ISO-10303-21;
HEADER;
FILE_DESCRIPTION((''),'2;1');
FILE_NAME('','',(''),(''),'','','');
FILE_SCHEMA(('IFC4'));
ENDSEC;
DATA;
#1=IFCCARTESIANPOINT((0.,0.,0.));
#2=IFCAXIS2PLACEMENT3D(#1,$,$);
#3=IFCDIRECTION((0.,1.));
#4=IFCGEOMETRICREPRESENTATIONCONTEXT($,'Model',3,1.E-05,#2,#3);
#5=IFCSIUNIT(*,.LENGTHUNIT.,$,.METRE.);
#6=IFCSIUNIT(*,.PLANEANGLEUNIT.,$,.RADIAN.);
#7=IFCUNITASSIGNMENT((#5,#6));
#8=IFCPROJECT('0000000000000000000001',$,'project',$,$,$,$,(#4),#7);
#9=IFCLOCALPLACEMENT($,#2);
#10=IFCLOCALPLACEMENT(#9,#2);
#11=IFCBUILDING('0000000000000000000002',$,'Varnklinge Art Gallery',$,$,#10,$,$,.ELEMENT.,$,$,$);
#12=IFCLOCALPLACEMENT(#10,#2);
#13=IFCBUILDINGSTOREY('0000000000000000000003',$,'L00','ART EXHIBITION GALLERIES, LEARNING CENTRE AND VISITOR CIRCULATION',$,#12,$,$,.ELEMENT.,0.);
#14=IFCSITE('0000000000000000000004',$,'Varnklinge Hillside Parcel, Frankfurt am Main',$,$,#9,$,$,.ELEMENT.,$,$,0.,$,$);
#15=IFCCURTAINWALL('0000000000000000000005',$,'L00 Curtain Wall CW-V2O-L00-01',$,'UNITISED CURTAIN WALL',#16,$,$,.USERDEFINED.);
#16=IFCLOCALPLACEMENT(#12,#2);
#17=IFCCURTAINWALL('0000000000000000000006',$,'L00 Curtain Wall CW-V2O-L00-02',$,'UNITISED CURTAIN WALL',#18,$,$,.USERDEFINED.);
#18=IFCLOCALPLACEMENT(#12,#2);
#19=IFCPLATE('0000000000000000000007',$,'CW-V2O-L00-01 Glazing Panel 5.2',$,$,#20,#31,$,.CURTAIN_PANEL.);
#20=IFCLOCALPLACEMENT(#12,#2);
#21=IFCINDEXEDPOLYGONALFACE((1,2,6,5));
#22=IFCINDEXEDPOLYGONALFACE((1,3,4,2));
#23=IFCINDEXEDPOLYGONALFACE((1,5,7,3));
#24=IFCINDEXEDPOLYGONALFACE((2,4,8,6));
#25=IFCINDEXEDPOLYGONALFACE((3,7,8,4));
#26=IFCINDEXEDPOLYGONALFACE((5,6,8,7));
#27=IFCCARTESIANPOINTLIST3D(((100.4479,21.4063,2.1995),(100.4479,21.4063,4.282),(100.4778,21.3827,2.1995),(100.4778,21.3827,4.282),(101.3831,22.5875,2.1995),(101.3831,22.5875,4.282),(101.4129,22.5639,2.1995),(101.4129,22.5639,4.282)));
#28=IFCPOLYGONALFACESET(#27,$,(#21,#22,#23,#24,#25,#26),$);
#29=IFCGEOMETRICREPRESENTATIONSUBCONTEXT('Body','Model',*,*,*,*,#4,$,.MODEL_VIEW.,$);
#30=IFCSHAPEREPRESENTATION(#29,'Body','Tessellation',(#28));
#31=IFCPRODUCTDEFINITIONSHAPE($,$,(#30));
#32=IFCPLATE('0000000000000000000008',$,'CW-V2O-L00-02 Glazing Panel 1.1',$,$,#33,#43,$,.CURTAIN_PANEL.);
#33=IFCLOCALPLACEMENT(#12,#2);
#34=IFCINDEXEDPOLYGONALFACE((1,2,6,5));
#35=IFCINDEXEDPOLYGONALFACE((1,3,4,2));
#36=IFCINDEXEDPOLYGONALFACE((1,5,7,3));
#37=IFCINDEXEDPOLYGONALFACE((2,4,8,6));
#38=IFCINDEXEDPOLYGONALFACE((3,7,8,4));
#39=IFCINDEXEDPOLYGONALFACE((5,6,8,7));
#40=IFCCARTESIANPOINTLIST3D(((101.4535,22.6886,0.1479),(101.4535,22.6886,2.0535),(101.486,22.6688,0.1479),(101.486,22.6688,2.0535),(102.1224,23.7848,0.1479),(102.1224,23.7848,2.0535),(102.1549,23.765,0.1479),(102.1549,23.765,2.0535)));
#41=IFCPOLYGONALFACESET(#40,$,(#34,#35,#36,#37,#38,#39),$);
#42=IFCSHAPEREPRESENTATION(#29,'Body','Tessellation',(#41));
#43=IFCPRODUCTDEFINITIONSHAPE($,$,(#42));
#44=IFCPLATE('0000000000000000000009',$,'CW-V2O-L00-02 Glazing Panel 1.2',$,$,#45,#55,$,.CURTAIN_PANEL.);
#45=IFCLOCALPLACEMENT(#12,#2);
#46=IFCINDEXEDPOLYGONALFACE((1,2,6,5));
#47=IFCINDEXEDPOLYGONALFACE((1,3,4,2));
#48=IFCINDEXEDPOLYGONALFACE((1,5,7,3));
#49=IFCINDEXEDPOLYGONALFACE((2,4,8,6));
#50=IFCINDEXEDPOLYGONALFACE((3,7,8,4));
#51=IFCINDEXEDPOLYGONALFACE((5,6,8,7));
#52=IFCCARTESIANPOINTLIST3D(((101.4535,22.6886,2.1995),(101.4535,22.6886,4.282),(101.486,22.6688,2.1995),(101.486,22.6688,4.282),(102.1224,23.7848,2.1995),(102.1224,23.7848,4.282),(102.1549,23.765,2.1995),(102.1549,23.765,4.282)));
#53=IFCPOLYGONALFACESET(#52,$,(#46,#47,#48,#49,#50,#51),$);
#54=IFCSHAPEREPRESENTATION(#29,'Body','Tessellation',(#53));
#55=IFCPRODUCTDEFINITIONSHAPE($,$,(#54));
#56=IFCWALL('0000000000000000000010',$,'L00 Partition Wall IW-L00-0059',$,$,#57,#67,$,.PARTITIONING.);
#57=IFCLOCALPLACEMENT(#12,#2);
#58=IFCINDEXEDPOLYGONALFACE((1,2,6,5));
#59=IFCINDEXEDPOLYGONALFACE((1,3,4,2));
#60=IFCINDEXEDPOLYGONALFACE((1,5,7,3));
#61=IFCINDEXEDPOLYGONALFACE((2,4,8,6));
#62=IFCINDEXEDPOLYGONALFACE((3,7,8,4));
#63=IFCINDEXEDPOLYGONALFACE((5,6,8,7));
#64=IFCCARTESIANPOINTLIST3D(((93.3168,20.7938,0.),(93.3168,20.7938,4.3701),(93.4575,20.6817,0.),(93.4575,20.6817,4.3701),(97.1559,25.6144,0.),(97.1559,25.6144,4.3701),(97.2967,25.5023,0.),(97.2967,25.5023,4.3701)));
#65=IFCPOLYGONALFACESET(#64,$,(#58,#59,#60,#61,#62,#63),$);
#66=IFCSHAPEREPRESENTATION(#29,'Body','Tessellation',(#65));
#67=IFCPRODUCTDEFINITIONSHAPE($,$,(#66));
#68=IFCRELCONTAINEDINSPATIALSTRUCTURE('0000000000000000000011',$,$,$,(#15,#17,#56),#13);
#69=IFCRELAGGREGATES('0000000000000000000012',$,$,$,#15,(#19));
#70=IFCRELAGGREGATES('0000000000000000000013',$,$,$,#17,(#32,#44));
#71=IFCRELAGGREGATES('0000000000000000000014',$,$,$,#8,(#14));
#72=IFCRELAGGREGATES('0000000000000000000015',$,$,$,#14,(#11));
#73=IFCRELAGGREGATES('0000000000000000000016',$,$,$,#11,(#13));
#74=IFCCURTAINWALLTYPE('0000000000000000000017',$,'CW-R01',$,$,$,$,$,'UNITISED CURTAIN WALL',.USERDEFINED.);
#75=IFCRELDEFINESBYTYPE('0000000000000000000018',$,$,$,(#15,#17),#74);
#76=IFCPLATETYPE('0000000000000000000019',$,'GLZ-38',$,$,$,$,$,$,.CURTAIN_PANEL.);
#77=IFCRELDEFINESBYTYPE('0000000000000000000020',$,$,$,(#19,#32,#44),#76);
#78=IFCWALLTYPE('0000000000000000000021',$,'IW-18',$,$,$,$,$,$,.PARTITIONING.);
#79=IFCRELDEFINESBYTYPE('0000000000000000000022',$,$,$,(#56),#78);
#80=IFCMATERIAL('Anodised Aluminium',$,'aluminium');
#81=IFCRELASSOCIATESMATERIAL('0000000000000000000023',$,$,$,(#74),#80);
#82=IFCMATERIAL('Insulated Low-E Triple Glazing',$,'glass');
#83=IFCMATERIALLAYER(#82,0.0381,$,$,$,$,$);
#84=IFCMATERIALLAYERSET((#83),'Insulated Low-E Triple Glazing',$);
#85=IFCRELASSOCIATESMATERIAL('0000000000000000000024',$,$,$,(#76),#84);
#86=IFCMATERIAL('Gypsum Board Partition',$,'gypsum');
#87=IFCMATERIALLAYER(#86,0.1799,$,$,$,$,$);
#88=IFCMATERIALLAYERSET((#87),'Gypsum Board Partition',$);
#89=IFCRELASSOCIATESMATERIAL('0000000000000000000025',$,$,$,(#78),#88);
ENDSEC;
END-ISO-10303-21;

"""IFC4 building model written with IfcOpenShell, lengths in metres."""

from ifc_helpers import new_model, si_unit, direction, frame, frame_2d, origin, origin_2d, place, context, subcontext, project, spatial, rectangle, extrude, material, layer, layer_set, type_object, element, aggregate, save


model = new_model("IFC4")

# Units and contexts
model_context = context("Model", 3, precision=1e-05, world=origin(), true_north=direction((0.0, 1.0)))
body_context = subcontext(model_context, "Body", "Model", "MODEL_VIEW")
ifc_project = project(units=[si_unit("LENGTHUNIT", "METRE"), si_unit("PLANEANGLEUNIT", "RADIAN")], contexts=[model_context])

# Site, building, storey
site_placement = place(None, origin())
site = spatial("IfcSite", under=ifc_project, at=site_placement, Name="Varnklinge Hillside Parcel, Frankfurt am Main", CompositionType="ELEMENT", RefElevation=0.0)
building_placement = place(site_placement, origin())
building = spatial("IfcBuilding", under=site, at=building_placement, Name="Varnklinge Art Gallery", CompositionType="ELEMENT")
storey_placement = place(building_placement, origin())
storey = spatial("IfcBuildingStorey", under=building, at=storey_placement, Name="L00", Description="ART EXHIBITION GALLERIES, LEARNING CENTRE AND VISITOR CIRCULATION", CompositionType="ELEMENT", Elevation=0.0)

# Curtain walls
ifc_material_1 = material(Name="Anodised Aluminium", Category="aluminium")
curtain_wall_type_1 = type_object("IfcCurtainWallType", Name="CW-R01", ElementType="UNITISED CURTAIN WALL", PredefinedType="USERDEFINED", material=ifc_material_1)
curtain_wall_1_placement = place(storey_placement, origin())
curtain_wall_1 = element("IfcCurtainWall", 1, at=curtain_wall_1_placement, inside=storey, type_object=curtain_wall_type_1, Name="L00 Curtain Wall CW-V2O-L00-01", ObjectType="UNITISED CURTAIN WALL", PredefinedType="USERDEFINED")
curtain_wall_2_placement = place(storey_placement, origin())
curtain_wall_2 = element("IfcCurtainWall", 2, at=curtain_wall_2_placement, inside=storey, type_object=curtain_wall_type_1, Name="L00 Curtain Wall CW-V2O-L00-02", ObjectType="UNITISED CURTAIN WALL", PredefinedType="USERDEFINED")

# Plates
ifc_material_2 = material(Name="Insulated Low-E Triple Glazing", Category="glass")
ifc_layer_1 = layer(ifc_material_2, 0.0381)
ifc_layer_set_1 = layer_set([ifc_layer_1], Name="Insulated Low-E Triple Glazing")
plate_type = type_object("IfcPlateType", Name="GLZ-38", PredefinedType="CURTAIN_PANEL", material=ifc_layer_set_1)
plate_1_placement = place(storey_placement, frame((100.9304, 21.9851, 2.1995), z_axis=(0.0, 0.0, 1.0), x_axis=(0.620737, 0.784019, 0.0)))
plate_1 = element("IfcPlate", 3, at=plate_1_placement, type_object=plate_type, Name="CW-V2O-L00-01 Glazing Panel 5.2", PredefinedType="CURTAIN_PANEL", context=body_context, shape_type="SweptSolid", body=[
    extrude(rectangle(XDim=1.5066, YDim=0.0381, at=origin_2d()), origin(), (0.0, 0.0, 1.0), 2.0825),
])
aggregate(curtain_wall_1, [plate_1])
plate_2_placement = place(storey_placement, frame((101.8042, 23.2268, 0.1479), z_axis=(0.0, 0.0, 1.0), x_axis=(0.520861, 0.853642, 0.0)))
plate_2 = element("IfcPlate", 4, at=plate_2_placement, type_object=plate_type, Name="CW-V2O-L00-02 Glazing Panel 1.1", PredefinedType="CURTAIN_PANEL", context=body_context, shape_type="SweptSolid", body=[
    extrude(rectangle(XDim=1.2842, YDim=0.0381, at=origin_2d()), origin(), (0.0, 0.0, 1.0), 1.9055),
])
plate_3_placement = place(storey_placement, frame((101.8042, 23.2268, 2.1995), z_axis=(0.0, 0.0, 1.0), x_axis=(0.520861, 0.853642, 0.0)))
plate_3 = element("IfcPlate", 5, at=plate_3_placement, type_object=plate_type, Name="CW-V2O-L00-02 Glazing Panel 1.2", PredefinedType="CURTAIN_PANEL", context=body_context, shape_type="SweptSolid", body=[
    extrude(rectangle(XDim=1.2842, YDim=0.0381, at=origin_2d()), origin(), (0.0, 0.0, 1.0), 2.0825),
])
aggregate(curtain_wall_2, [plate_2, plate_3])

# Wall
ifc_material_3 = material(Name="Gypsum Board Partition", Category="gypsum")
ifc_layer_2 = layer(ifc_material_3, 0.1799)
ifc_layer_set_2 = layer_set([ifc_layer_2], Name="Gypsum Board Partition")
wall_type = type_object("IfcWallType", Name="IW-18", PredefinedType="PARTITIONING", material=ifc_layer_set_2)
wall_placement = place(storey_placement, frame((97.2263, 25.5583, 0.0), z_axis=(0.0, 0.0, 1.0), x_axis=(-0.622978, -0.782239, 0.0)))
element("IfcWall", 6, at=wall_placement, inside=storey, type_object=wall_type, Name="L00 Partition Wall IW-L00-0059", PredefinedType="PARTITIONING", context=body_context, shape_type="SweptSolid", body=[
    extrude(rectangle(XDim=6.1626, YDim=0.1799, at=frame_2d((3.0813, 0.0))), origin(), (0.0, 0.0, 1.0), 4.3701),
])

save(model, "model.ifc")
